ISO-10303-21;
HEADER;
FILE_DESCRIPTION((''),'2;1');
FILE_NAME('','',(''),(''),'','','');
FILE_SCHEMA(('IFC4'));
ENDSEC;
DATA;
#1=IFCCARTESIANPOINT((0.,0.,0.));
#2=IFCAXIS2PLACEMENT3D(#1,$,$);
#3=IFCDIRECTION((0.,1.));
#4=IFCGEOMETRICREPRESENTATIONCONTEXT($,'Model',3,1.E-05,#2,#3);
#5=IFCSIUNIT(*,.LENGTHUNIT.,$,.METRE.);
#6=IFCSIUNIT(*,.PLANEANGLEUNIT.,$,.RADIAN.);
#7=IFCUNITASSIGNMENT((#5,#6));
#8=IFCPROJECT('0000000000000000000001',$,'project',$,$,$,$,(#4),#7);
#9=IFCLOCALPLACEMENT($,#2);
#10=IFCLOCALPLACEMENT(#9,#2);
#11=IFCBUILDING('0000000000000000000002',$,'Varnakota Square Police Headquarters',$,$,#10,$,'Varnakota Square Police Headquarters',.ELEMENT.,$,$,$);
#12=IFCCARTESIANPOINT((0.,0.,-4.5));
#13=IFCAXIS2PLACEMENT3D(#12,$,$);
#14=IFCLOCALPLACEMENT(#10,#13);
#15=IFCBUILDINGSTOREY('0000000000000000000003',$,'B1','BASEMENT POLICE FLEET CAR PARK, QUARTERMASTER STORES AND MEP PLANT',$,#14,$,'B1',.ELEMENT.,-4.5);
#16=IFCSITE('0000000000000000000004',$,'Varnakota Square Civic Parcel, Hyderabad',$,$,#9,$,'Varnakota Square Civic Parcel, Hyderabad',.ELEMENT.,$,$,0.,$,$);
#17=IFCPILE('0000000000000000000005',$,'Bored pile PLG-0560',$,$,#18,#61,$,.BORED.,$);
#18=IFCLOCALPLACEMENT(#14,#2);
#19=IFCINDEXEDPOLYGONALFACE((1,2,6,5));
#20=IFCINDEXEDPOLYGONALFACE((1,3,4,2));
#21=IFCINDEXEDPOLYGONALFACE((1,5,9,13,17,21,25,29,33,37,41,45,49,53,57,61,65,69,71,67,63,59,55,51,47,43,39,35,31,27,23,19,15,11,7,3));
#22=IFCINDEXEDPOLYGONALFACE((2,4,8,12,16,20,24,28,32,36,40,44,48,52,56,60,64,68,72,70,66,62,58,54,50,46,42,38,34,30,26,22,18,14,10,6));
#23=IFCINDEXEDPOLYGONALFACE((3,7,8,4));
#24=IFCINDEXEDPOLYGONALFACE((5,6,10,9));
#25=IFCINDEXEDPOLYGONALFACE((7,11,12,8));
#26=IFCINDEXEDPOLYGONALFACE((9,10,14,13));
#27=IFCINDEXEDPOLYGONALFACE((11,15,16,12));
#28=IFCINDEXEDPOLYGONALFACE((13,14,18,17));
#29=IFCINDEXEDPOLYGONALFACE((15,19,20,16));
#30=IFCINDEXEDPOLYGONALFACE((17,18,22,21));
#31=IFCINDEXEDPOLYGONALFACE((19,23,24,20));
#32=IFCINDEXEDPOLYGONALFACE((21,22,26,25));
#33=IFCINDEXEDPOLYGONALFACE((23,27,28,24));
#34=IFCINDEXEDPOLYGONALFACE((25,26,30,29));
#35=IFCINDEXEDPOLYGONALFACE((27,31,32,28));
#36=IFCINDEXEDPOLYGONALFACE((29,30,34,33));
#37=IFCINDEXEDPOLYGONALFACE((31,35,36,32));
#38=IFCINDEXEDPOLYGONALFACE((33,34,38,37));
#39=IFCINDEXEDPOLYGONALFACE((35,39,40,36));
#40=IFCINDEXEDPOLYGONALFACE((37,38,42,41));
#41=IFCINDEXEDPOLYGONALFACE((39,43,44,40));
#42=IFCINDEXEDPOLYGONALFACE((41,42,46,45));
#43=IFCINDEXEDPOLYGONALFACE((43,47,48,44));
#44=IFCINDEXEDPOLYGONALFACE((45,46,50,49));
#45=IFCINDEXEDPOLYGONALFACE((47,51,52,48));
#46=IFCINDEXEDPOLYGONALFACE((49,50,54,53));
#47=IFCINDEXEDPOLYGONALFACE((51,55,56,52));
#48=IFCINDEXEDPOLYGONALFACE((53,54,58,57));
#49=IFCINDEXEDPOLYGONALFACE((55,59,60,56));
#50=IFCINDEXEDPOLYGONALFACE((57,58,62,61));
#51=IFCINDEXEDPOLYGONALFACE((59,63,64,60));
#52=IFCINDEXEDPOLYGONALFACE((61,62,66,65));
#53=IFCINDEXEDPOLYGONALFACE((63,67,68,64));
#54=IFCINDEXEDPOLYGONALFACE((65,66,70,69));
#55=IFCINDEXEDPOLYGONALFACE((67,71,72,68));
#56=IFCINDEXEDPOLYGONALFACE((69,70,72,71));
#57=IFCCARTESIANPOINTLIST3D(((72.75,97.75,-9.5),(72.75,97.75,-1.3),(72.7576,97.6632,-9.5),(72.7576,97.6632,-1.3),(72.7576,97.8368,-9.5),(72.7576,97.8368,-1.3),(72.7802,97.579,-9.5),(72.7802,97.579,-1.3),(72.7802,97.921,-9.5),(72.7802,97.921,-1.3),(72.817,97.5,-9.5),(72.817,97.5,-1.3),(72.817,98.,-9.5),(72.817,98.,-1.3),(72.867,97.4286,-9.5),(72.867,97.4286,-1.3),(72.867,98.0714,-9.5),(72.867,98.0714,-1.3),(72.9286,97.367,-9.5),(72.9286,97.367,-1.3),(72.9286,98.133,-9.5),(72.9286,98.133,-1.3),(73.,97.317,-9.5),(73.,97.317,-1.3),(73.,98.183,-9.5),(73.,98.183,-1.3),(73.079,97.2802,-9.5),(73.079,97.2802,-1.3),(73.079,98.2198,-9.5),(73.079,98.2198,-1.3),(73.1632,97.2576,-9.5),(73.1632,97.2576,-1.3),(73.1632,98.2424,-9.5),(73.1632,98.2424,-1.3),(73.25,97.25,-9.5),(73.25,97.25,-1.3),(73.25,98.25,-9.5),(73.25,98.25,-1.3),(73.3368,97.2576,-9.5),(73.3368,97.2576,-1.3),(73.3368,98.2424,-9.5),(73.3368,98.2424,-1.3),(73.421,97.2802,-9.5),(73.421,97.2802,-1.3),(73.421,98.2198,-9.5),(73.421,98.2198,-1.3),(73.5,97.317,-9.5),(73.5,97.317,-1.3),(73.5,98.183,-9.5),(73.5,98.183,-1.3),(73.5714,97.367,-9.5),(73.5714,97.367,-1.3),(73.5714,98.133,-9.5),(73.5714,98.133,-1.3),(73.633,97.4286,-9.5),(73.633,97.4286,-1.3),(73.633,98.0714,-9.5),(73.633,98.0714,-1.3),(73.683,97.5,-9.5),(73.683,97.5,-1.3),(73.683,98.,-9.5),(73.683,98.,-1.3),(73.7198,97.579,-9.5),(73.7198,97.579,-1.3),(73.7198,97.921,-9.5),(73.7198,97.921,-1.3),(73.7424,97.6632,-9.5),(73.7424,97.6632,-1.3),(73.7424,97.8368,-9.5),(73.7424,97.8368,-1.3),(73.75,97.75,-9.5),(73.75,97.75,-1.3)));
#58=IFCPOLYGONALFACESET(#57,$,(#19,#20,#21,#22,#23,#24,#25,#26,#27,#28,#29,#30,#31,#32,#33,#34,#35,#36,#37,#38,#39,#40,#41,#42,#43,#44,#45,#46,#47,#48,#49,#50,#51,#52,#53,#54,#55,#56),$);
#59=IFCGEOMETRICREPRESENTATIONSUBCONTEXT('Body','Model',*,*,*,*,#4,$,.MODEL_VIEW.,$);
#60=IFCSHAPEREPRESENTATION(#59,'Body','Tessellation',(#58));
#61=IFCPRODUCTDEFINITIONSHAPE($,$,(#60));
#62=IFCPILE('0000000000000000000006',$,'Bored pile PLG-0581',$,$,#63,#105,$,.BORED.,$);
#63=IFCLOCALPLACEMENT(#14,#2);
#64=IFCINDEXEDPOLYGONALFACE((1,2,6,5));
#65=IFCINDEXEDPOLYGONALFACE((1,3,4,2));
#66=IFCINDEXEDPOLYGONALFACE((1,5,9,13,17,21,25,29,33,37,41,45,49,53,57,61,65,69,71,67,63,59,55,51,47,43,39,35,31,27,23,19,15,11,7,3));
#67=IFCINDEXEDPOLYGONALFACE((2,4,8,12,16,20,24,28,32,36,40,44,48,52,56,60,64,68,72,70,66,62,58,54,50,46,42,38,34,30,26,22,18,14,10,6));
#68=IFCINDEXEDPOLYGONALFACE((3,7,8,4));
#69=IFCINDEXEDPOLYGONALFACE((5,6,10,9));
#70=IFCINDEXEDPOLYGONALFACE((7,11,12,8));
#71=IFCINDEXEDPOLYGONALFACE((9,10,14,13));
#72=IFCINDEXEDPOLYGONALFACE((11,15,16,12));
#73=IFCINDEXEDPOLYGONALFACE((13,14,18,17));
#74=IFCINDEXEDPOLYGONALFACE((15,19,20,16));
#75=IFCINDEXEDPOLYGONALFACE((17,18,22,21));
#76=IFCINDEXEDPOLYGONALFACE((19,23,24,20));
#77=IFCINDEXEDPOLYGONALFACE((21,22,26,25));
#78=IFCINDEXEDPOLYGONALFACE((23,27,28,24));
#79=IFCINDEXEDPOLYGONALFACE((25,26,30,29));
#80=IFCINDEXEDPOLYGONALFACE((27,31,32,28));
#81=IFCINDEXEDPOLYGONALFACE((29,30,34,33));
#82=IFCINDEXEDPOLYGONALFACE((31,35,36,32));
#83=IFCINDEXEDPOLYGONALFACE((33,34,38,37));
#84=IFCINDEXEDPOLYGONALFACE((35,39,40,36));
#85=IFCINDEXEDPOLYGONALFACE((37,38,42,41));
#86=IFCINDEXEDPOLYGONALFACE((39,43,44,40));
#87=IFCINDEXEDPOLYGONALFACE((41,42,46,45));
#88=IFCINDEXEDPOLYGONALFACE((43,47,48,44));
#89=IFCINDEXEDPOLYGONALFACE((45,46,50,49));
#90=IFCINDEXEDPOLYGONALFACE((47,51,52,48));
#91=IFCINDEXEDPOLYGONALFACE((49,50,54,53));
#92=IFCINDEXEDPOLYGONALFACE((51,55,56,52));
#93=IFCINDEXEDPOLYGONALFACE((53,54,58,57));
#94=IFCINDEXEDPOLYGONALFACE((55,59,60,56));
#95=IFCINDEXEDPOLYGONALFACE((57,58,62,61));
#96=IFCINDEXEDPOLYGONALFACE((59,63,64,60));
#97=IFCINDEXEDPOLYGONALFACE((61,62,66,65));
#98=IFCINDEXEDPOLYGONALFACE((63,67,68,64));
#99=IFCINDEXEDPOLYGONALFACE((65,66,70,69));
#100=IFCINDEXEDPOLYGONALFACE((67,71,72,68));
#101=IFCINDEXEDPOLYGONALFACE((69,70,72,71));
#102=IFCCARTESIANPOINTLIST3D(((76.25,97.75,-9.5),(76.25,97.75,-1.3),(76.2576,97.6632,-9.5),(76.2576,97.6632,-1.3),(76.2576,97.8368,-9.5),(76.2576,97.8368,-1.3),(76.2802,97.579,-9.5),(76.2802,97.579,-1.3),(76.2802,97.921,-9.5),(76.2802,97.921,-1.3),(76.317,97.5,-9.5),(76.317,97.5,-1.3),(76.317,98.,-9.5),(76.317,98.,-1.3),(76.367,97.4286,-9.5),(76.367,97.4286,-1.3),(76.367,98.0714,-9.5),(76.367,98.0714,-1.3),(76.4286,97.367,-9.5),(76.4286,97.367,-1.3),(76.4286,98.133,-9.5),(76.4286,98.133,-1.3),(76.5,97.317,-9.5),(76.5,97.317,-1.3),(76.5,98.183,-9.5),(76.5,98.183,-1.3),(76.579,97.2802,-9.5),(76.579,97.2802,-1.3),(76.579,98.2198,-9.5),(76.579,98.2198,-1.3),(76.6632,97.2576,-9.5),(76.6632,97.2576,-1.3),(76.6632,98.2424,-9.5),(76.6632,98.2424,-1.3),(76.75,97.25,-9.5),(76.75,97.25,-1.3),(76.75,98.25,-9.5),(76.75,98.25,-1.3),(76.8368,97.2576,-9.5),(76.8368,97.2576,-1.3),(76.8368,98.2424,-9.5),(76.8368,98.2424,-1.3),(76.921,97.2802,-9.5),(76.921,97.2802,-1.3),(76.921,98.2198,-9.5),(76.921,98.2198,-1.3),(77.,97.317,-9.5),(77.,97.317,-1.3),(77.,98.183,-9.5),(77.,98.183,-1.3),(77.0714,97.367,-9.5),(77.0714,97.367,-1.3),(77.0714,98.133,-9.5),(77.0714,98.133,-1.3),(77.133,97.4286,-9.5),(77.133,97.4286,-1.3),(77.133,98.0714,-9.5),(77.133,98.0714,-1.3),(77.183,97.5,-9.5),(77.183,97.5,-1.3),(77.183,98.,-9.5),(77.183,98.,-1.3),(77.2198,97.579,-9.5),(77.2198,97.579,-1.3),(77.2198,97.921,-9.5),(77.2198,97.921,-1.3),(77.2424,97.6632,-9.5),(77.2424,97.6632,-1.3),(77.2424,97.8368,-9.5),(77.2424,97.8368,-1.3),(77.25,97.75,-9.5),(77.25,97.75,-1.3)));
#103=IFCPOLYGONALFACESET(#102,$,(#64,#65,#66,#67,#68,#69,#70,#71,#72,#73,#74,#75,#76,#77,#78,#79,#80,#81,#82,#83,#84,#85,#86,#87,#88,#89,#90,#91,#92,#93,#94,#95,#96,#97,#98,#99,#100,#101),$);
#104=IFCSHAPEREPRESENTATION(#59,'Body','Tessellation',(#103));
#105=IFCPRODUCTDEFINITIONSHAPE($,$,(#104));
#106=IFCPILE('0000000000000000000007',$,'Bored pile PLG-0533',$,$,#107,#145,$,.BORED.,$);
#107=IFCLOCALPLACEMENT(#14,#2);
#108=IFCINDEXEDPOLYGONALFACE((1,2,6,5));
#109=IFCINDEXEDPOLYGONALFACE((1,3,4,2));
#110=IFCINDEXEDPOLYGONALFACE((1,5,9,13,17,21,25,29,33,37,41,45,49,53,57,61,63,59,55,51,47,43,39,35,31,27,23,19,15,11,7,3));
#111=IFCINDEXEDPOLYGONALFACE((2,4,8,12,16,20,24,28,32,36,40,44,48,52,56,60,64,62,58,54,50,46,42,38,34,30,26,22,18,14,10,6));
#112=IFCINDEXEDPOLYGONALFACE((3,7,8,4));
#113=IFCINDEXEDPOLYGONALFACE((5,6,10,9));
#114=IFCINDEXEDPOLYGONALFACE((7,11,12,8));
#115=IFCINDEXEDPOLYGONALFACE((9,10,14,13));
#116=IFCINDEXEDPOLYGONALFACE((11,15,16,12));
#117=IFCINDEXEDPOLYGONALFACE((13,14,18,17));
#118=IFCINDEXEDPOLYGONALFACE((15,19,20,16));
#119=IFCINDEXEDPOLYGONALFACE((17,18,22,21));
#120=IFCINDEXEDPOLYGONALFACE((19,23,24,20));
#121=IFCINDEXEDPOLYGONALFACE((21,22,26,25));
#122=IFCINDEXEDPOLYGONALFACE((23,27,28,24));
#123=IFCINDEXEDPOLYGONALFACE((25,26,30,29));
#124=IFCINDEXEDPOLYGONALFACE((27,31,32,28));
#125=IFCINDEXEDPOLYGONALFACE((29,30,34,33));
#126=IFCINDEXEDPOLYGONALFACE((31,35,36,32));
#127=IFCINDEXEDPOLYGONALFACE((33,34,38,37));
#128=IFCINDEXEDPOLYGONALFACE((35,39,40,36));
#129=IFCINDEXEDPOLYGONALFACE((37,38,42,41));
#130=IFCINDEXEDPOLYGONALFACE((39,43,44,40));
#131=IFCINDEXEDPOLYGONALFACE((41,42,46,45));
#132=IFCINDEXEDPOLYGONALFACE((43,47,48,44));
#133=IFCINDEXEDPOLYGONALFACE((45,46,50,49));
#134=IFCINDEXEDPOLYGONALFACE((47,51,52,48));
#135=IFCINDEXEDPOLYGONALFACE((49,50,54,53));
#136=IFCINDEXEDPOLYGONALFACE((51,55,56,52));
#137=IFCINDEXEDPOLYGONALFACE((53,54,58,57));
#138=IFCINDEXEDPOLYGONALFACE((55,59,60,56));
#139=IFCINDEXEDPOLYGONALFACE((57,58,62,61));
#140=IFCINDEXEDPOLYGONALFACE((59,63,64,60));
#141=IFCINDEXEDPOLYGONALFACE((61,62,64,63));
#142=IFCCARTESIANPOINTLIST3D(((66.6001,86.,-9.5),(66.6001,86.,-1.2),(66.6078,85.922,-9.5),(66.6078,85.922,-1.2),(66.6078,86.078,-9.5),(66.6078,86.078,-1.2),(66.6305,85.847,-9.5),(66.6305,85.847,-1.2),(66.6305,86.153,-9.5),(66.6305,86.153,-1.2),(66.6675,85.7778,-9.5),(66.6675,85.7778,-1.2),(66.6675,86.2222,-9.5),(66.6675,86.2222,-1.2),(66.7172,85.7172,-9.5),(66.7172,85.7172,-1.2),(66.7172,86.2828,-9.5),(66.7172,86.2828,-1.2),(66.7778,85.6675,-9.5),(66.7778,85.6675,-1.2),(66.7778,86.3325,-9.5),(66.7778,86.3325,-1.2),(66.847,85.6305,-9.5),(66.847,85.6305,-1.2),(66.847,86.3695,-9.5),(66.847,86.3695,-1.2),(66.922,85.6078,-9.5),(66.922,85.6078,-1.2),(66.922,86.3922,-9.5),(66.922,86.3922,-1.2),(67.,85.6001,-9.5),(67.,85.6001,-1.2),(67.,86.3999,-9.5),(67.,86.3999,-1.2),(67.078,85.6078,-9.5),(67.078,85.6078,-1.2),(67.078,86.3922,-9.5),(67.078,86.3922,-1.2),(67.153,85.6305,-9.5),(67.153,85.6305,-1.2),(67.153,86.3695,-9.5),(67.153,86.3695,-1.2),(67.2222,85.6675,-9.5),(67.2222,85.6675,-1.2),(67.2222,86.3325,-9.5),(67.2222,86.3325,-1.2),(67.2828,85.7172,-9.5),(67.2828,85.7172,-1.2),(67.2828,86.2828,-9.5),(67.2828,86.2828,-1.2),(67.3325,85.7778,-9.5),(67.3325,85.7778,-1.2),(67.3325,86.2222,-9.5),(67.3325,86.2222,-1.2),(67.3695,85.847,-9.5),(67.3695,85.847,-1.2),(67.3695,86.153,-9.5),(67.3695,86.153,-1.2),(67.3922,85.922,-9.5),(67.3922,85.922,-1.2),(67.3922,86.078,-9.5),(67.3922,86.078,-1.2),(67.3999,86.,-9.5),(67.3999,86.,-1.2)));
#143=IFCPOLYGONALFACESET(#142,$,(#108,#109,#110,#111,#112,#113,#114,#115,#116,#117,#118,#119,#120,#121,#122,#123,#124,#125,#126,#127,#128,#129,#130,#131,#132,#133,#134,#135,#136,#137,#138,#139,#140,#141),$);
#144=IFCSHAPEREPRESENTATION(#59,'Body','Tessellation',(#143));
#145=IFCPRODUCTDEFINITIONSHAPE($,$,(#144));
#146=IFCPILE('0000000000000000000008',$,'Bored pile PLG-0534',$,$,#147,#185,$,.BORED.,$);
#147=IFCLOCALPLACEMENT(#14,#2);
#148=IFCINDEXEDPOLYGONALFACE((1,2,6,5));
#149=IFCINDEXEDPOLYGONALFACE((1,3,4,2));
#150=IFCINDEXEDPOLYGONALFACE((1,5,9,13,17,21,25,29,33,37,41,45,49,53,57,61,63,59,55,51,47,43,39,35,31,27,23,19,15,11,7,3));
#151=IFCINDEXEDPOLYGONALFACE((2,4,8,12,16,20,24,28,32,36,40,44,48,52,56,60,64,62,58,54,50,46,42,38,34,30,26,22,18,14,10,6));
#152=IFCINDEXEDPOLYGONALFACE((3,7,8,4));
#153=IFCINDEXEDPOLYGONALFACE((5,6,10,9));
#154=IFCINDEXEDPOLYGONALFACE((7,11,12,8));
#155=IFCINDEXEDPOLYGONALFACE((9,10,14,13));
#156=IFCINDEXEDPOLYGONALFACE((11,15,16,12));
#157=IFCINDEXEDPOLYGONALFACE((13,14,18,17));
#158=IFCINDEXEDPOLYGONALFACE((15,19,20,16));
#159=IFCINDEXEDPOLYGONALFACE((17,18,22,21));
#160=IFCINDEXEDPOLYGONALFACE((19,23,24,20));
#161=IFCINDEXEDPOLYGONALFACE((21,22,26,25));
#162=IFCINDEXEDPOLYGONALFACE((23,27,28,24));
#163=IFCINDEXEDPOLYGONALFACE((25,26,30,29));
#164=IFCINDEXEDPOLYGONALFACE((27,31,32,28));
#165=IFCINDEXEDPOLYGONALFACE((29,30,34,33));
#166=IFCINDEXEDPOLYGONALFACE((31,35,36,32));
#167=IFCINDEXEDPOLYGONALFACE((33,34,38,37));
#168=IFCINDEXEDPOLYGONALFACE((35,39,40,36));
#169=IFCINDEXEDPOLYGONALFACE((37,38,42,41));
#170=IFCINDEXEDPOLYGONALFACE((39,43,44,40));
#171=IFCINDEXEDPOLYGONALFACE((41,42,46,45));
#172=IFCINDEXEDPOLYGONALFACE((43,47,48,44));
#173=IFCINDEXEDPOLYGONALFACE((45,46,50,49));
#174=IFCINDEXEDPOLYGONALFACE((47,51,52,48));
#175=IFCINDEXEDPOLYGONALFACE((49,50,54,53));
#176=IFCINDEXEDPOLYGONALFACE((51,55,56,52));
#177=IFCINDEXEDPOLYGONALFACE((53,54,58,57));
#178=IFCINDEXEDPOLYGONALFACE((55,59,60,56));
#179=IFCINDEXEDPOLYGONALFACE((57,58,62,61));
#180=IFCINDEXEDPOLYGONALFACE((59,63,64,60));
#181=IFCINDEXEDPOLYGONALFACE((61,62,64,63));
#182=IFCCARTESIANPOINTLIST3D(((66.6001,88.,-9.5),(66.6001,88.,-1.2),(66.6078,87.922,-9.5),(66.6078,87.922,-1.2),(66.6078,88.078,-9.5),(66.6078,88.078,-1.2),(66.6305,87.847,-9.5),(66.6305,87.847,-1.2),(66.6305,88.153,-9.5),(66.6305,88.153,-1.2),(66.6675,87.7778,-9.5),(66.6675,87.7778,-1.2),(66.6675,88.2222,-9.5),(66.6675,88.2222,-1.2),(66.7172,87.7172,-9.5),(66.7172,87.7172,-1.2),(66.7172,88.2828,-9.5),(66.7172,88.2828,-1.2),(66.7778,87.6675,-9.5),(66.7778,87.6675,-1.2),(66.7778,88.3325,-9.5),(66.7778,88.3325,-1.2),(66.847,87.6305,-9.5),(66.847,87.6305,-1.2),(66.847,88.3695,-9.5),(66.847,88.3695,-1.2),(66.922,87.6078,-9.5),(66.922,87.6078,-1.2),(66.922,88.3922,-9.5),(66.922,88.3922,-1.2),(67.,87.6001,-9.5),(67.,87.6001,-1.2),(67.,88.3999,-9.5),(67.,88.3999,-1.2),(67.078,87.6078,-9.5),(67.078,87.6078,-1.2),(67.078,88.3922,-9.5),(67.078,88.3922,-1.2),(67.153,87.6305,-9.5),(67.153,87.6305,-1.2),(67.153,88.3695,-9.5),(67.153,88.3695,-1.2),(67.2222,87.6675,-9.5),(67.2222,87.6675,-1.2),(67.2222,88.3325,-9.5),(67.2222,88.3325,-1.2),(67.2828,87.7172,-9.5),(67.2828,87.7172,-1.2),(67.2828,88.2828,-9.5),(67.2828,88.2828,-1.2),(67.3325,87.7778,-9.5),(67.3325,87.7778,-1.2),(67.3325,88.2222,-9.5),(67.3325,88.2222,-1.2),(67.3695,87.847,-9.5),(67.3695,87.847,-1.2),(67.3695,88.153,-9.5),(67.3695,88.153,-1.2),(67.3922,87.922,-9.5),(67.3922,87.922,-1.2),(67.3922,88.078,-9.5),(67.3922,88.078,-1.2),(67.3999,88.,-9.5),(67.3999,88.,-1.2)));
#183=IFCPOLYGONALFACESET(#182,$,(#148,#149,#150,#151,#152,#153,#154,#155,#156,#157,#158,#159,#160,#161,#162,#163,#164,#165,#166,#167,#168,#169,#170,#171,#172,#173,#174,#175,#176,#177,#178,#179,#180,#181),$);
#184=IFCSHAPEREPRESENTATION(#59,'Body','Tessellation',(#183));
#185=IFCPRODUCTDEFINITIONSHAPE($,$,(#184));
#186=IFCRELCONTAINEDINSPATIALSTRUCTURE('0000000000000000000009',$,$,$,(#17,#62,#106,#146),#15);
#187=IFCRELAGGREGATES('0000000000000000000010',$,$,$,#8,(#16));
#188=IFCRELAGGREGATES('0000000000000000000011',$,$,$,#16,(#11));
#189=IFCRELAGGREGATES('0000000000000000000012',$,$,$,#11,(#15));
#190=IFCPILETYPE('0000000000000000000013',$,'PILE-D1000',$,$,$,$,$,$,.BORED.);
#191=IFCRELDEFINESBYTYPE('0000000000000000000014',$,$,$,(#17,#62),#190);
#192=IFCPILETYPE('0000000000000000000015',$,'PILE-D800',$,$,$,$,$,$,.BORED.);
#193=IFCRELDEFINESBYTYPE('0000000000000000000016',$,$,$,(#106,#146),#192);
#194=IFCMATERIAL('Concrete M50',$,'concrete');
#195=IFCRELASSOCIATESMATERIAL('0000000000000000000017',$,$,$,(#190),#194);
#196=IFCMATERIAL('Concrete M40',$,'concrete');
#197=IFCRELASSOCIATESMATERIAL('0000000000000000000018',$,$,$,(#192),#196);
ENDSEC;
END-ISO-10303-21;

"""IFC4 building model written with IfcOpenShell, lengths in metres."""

from ifc_helpers import new_model, si_unit, direction, frame, origin, origin_2d, place, context, subcontext, project, spatial, circle, extrude, material, material_profile, profile_set, type_object, element, save


model = new_model("IFC4")

# Units and contexts
model_context = context("Model", 3, precision=1e-05, world=origin(), true_north=direction((0.0, 1.0)))
body_context = subcontext(model_context, "Body", "Model", "MODEL_VIEW")
ifc_project = project(units=[si_unit("LENGTHUNIT", "METRE"), si_unit("PLANEANGLEUNIT", "RADIAN")], contexts=[model_context])

# Site, building, storey
site_placement = place(None, origin())
site = spatial("IfcSite", under=ifc_project, at=site_placement, Name="Varnakota Square Civic Parcel, Hyderabad", LongName="Varnakota Square Civic Parcel, Hyderabad", CompositionType="ELEMENT", RefElevation=0.0)
building_placement = place(site_placement, origin())
building = spatial("IfcBuilding", under=site, at=building_placement, Name="Varnakota Square Police Headquarters", LongName="Varnakota Square Police Headquarters", CompositionType="ELEMENT")
storey_placement = place(building_placement, frame((0.0, 0.0, -4.5)))
storey = spatial("IfcBuildingStorey", under=building, at=storey_placement, Name="B1", Description="BASEMENT POLICE FLEET CAR PARK, QUARTERMASTER STORES AND MEP PLANT", LongName="B1", CompositionType="ELEMENT", Elevation=-4.5)

# Shared definitions
ifc_material_1 = material(Name="Concrete M40", Category="concrete")

# Piles
ifc_material_2 = material(Name="Concrete M50", Category="concrete")
ifc_material_profile_1 = material_profile(ifc_material_2, circle(Radius=0.5, at=origin_2d()), Name="BORED PILE 1000")
ifc_profile_set_1 = profile_set([ifc_material_profile_1], Name="Concrete M50")
pile_type_1 = type_object("IfcPileType", Name="PILE-D1000", PredefinedType="BORED", material=ifc_profile_set_1)
for number, where, z_axis, x_axis, name in (
    (1, (73.25, 97.75, -1.3), (0.0, 0.0, -1.0), (1.0, 0.0, 0.0), "Bored pile PLG-0560"),
    (2, (76.75, 97.75, -1.3), (0.0, 0.0, -1.0), (1.0, 0.0, 0.0), "Bored pile PLG-0581"),
):
    element("IfcPile", number, at=place(storey_placement, frame(where, z_axis=z_axis, x_axis=x_axis)), inside=storey, type_object=pile_type_1, Name=name, PredefinedType="BORED", context=body_context, shape_type="SweptSolid", body=[
        extrude(circle(Radius=0.5, at=origin_2d()), origin(), (0.0, 0.0, 1.0), 8.2),
    ])
ifc_material_profile_2 = material_profile(ifc_material_1, circle(Radius=0.3999, at=origin_2d()), Name="BORED PILE 800")
ifc_profile_set_2 = profile_set([ifc_material_profile_2], Name="Concrete M40")
pile_type_2 = type_object("IfcPileType", Name="PILE-D800", PredefinedType="BORED", material=ifc_profile_set_2)
for number, where, z_axis, x_axis, name in (
    (3, (67.0, 86.0, -1.2), (0.0, 0.0, -1.0), (1.0, 0.0, 0.0), "Bored pile PLG-0533"),
    (4, (67.0, 88.0, -1.2), (0.0, 0.0, -1.0), (1.0, 0.0, 0.0), "Bored pile PLG-0534"),
):
    element("IfcPile", number, at=place(storey_placement, frame(where, z_axis=z_axis, x_axis=x_axis)), inside=storey, type_object=pile_type_2, Name=name, PredefinedType="BORED", context=body_context, shape_type="SweptSolid", body=[
        extrude(circle(Radius=0.3999, at=origin_2d()), origin(), (0.0, 0.0, 1.0), 8.3),
    ])

save(model, "model.ifc")
